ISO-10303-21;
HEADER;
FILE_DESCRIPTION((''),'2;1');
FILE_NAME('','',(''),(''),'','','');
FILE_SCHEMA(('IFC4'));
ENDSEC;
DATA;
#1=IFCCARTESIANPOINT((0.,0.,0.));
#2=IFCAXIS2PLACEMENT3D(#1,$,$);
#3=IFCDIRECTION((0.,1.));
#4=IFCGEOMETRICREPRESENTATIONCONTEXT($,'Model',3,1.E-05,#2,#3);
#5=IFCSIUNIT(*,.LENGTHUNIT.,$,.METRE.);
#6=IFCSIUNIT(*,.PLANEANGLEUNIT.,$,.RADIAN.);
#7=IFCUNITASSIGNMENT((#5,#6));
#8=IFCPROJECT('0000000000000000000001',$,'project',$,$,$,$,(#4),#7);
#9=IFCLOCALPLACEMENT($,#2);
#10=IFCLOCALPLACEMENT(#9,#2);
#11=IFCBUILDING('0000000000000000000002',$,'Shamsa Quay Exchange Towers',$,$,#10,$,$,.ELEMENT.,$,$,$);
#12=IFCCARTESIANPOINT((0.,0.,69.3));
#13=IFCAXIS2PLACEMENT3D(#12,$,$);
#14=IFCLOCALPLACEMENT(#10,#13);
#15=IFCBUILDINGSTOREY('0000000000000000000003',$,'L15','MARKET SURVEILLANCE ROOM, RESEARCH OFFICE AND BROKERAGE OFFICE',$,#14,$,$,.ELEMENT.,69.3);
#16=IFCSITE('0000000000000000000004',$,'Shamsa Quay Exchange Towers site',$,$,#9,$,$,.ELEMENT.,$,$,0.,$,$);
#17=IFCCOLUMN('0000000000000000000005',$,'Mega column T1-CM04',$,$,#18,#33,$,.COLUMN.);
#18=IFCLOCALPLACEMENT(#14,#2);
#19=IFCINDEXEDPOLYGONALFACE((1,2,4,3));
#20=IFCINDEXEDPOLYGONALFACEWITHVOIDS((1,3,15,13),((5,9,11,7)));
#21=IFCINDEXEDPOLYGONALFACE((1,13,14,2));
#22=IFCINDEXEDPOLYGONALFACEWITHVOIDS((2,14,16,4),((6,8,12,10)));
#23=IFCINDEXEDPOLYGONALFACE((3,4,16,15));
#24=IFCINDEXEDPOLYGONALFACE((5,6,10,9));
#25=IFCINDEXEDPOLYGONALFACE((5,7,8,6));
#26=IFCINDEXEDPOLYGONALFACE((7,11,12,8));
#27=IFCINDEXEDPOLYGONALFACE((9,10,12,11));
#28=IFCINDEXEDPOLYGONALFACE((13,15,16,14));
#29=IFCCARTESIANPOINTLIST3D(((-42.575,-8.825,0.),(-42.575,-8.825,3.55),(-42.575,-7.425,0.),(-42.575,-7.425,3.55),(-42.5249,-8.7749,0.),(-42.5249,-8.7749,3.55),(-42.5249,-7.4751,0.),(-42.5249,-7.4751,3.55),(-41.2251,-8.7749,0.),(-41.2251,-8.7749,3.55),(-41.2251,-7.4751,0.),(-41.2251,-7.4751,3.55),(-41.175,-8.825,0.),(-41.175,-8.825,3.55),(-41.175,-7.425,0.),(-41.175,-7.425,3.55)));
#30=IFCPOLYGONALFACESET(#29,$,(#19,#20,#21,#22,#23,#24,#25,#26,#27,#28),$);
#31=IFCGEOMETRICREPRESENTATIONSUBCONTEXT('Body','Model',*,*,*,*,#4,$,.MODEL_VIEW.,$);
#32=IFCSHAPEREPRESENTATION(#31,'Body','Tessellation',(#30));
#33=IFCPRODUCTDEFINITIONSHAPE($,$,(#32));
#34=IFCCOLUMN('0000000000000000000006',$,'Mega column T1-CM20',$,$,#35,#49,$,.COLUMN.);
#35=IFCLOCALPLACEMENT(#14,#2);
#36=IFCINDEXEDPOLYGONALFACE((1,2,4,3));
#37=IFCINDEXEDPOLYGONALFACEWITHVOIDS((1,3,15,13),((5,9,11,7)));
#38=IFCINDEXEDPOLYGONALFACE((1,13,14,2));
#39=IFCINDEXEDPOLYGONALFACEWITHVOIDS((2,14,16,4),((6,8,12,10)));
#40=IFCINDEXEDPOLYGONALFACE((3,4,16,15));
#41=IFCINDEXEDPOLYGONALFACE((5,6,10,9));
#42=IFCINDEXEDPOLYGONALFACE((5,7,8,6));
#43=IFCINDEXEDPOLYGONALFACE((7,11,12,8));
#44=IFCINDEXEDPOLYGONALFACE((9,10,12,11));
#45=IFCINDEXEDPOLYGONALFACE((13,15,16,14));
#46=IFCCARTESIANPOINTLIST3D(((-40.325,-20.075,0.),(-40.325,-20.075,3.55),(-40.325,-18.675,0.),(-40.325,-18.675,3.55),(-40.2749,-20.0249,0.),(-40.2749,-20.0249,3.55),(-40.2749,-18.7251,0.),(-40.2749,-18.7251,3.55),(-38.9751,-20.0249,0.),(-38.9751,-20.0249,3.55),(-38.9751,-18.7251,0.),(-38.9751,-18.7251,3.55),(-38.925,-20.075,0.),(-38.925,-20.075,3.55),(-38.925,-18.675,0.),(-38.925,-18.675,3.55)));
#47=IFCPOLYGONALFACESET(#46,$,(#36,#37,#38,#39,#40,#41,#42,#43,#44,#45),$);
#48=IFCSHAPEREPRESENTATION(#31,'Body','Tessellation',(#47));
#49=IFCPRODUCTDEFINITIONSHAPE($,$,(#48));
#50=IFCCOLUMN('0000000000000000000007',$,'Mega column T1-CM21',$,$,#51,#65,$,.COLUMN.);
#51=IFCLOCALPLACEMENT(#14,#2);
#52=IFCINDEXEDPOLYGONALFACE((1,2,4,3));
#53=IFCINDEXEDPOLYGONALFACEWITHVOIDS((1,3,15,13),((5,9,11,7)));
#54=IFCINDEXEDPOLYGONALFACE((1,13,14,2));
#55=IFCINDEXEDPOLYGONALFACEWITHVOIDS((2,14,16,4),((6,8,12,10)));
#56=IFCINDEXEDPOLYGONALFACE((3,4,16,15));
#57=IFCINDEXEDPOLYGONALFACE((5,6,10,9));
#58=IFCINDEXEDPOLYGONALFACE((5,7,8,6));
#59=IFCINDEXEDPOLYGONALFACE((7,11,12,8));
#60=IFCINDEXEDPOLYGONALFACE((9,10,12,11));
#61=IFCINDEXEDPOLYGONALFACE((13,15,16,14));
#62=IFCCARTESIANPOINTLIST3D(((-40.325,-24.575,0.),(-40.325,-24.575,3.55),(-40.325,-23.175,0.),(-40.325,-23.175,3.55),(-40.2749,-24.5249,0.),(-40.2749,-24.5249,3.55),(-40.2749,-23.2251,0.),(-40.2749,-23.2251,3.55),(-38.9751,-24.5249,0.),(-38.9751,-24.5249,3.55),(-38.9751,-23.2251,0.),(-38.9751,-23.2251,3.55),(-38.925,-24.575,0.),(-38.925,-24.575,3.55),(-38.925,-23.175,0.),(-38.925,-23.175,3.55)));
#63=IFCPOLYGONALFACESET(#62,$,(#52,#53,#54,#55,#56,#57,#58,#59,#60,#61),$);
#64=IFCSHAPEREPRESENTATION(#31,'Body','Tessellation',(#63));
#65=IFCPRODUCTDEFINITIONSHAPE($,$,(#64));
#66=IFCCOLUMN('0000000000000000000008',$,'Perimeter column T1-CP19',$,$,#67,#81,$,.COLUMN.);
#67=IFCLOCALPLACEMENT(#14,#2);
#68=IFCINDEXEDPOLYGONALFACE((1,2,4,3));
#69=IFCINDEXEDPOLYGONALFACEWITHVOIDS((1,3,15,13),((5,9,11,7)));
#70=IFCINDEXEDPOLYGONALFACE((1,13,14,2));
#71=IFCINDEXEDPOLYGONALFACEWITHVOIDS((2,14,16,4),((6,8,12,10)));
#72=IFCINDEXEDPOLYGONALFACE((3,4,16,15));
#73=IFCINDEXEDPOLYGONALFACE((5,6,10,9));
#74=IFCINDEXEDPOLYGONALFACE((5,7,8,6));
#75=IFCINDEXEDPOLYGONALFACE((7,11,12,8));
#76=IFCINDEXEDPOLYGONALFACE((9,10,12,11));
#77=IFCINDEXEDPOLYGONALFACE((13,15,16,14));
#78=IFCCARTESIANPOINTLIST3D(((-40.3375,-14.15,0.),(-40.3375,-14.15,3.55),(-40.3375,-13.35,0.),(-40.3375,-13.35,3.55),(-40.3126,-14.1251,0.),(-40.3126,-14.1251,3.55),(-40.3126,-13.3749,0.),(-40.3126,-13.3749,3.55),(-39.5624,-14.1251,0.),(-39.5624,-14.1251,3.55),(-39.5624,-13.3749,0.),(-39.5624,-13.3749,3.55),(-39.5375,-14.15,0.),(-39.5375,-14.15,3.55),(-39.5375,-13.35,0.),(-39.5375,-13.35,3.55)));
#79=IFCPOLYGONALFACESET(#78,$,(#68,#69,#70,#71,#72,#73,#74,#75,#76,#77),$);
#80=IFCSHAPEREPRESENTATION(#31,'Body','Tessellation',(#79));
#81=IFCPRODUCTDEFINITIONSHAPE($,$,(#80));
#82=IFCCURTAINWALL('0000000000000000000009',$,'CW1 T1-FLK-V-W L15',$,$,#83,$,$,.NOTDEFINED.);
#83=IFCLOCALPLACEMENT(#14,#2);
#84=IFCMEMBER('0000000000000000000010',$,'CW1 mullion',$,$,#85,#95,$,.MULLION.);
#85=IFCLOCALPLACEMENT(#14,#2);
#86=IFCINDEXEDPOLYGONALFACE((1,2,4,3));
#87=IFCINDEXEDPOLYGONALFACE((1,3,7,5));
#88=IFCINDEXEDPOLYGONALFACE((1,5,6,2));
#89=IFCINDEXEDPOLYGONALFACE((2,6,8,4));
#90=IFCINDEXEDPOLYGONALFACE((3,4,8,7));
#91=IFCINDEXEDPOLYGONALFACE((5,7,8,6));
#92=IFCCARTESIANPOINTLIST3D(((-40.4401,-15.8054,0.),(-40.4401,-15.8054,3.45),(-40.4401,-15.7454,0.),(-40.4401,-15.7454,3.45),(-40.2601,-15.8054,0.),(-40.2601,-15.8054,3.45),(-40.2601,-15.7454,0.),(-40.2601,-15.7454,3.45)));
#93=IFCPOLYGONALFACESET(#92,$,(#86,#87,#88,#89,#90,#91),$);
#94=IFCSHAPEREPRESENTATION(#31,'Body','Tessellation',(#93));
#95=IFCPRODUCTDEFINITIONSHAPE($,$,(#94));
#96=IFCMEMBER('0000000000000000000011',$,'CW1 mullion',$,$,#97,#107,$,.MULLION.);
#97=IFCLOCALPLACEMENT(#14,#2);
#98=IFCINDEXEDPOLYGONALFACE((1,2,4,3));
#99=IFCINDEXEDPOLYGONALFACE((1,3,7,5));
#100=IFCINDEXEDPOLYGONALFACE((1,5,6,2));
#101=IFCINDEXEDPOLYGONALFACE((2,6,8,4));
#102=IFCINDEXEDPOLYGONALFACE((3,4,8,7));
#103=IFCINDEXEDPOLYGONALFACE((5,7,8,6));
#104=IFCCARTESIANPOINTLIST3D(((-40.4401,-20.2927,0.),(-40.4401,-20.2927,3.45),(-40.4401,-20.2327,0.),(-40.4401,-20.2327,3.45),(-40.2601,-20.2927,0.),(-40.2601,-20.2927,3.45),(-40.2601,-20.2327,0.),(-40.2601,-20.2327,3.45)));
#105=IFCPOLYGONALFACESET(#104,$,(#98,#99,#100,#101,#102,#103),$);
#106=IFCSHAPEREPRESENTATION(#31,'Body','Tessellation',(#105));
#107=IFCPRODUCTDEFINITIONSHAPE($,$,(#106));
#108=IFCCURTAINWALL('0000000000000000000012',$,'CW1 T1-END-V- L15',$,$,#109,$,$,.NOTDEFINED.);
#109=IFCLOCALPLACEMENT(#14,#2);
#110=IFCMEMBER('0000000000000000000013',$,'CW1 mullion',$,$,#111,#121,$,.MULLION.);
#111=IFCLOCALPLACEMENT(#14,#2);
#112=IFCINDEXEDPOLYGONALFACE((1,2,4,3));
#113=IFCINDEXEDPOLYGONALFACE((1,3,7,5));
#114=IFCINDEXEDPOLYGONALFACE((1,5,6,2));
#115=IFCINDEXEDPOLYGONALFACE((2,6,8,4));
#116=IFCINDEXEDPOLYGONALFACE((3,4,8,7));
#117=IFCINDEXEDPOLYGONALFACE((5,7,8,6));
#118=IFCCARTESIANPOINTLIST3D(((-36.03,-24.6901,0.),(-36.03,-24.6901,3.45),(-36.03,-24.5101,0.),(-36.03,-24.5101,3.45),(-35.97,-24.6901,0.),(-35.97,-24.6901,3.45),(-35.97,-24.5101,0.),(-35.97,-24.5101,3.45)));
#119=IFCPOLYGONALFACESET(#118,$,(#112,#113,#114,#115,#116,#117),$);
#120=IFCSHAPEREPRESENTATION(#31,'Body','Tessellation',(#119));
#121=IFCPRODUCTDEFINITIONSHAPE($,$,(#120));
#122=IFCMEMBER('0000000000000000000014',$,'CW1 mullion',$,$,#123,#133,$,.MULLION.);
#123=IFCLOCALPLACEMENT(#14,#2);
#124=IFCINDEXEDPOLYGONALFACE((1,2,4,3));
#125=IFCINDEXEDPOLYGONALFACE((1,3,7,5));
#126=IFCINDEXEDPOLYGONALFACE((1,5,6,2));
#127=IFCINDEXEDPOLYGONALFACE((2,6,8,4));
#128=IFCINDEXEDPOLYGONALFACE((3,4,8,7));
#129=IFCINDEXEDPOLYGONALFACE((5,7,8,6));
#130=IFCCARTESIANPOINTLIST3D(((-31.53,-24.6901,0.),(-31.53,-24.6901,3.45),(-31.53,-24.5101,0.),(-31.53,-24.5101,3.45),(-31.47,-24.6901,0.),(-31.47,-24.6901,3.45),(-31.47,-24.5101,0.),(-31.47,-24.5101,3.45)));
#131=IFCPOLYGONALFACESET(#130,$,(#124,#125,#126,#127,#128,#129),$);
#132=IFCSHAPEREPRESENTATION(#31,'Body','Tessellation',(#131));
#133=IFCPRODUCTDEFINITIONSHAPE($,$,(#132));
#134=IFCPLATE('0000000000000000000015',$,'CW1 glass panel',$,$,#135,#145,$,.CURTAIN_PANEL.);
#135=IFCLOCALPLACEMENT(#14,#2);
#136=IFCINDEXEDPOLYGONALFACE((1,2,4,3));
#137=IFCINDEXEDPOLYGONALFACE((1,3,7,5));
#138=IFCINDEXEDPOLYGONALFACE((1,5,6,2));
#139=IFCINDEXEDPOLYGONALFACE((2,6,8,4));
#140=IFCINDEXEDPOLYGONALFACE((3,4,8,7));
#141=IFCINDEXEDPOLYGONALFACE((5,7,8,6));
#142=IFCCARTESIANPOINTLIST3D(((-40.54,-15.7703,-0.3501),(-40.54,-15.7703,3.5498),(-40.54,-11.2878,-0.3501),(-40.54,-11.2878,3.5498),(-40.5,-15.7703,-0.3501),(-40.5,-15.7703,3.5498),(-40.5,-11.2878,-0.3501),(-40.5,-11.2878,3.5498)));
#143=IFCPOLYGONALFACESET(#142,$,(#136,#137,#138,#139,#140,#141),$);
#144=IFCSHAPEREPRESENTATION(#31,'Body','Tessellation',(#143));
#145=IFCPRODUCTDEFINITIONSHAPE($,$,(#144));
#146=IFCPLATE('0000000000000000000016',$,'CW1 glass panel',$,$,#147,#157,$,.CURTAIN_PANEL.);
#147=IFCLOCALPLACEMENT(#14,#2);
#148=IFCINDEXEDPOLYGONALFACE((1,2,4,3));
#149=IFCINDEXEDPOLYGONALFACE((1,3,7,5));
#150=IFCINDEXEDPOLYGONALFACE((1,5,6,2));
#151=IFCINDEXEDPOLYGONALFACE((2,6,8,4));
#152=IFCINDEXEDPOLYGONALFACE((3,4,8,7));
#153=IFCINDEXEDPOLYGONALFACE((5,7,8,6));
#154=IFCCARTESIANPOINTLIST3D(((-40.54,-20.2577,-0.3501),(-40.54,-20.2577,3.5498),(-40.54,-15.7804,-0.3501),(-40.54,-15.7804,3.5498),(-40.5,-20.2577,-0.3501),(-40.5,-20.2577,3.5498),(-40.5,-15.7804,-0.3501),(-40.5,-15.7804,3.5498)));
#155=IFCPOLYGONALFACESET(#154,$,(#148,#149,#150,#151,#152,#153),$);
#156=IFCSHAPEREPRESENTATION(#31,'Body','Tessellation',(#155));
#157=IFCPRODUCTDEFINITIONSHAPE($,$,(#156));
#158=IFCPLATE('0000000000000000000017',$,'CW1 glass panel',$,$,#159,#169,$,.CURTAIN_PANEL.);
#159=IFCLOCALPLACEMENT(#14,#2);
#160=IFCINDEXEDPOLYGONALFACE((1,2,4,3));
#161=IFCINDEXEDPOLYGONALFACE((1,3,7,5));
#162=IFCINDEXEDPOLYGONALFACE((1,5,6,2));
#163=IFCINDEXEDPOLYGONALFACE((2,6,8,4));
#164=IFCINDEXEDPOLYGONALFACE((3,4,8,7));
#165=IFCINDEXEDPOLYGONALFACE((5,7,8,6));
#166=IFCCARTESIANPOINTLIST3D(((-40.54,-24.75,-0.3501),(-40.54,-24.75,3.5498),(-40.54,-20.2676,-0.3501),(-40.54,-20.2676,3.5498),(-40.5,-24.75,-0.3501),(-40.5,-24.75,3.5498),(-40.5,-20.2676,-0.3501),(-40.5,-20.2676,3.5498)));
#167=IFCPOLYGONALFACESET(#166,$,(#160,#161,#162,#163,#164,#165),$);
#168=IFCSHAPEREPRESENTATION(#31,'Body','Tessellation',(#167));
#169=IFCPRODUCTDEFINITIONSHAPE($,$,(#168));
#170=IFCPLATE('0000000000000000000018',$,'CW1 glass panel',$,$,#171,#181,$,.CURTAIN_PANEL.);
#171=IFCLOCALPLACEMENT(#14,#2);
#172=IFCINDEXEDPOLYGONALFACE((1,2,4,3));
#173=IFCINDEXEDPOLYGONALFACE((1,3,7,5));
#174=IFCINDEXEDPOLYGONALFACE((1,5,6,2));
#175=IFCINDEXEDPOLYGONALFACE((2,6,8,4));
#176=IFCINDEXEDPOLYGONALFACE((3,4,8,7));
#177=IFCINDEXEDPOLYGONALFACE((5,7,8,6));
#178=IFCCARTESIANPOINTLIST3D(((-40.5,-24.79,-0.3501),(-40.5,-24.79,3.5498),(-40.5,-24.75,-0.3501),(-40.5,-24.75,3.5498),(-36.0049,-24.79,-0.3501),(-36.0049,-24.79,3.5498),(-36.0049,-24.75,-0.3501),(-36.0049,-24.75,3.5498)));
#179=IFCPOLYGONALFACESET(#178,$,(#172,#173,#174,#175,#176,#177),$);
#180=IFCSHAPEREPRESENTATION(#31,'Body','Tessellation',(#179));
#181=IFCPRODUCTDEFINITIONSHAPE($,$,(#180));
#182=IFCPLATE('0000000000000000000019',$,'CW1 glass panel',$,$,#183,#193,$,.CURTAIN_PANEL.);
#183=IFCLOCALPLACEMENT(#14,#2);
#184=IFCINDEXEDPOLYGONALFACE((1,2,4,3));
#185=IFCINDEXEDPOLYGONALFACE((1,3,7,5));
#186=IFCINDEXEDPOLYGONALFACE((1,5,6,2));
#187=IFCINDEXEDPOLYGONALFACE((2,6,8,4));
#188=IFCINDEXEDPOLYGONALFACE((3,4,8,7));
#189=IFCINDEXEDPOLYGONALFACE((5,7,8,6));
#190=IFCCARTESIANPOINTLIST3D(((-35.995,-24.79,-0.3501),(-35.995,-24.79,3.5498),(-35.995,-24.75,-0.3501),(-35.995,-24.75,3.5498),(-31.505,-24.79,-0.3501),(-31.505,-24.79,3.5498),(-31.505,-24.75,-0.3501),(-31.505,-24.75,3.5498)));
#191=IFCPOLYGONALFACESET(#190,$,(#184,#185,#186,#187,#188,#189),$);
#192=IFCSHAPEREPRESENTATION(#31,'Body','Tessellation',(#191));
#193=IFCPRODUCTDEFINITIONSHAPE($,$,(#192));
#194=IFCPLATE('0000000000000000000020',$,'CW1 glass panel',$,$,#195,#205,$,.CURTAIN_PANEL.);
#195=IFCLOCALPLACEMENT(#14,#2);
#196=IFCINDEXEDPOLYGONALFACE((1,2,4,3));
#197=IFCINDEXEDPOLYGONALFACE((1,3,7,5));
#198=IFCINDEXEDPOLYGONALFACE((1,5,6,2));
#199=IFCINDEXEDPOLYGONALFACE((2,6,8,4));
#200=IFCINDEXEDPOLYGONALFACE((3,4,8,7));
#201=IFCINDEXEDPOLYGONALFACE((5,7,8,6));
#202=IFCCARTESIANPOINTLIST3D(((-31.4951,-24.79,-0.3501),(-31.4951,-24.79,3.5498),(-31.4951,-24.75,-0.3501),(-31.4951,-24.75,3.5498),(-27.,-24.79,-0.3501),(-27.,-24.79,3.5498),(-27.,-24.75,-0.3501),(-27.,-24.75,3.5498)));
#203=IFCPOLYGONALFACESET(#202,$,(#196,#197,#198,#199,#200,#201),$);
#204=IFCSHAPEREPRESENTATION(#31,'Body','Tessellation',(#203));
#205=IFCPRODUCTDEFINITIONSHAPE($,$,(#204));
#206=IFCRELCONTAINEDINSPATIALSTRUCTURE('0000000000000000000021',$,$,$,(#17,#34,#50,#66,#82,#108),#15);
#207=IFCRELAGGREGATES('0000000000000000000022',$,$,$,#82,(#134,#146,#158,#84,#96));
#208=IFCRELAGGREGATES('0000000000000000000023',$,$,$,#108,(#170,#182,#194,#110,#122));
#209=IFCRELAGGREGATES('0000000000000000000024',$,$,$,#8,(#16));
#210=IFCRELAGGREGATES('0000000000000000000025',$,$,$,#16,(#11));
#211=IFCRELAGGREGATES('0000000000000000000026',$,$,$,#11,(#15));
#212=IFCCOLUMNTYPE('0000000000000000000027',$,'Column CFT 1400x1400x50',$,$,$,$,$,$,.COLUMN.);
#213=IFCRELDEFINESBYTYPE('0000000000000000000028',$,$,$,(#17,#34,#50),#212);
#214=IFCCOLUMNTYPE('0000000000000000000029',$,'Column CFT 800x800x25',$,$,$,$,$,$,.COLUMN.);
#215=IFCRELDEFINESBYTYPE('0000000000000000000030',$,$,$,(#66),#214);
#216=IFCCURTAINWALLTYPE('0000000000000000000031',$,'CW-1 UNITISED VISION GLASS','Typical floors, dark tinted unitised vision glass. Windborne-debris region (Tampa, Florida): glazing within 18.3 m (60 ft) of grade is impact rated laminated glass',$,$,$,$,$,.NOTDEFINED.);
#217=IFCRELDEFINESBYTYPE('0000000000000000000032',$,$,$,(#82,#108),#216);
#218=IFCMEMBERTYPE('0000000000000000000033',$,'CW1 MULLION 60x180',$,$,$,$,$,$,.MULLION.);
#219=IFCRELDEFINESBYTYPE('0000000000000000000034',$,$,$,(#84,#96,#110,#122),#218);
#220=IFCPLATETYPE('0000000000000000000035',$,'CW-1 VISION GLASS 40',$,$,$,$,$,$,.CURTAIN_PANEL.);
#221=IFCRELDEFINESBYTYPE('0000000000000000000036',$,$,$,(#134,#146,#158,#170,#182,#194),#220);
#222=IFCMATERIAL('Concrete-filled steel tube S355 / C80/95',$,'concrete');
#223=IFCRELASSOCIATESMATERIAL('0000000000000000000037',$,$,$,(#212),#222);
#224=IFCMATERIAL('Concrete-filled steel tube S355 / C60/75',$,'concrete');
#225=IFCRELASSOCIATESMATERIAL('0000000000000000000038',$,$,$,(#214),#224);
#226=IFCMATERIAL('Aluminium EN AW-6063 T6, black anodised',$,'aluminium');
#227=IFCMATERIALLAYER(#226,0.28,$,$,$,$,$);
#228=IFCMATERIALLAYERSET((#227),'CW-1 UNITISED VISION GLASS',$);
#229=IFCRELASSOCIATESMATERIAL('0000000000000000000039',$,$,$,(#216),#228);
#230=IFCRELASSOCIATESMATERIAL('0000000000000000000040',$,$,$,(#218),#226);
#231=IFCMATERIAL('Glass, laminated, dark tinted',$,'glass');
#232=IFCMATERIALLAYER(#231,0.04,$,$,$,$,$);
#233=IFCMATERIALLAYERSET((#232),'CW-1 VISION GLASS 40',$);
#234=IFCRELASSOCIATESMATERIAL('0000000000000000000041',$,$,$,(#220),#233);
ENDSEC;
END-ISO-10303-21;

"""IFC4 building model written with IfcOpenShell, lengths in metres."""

from ifc_helpers import new_model, si_unit, direction, frame, origin, origin_2d, place, context, subcontext, project, spatial, rectangle, hollow_rectangle, extrude, material, layer, layer_set, material_profile, profile_set, type_object, element, aggregate, save


model = new_model("IFC4")

# Units and contexts
model_context = context("Model", 3, precision=1e-05, world=origin(), true_north=direction((0.0, 1.0)))
body_context = subcontext(model_context, "Body", "Model", "MODEL_VIEW")
ifc_project = project(units=[si_unit("LENGTHUNIT", "METRE"), si_unit("PLANEANGLEUNIT", "RADIAN")], contexts=[model_context])

# Site, building, storey
site_placement = place(None, origin())
site = spatial("IfcSite", under=ifc_project, at=site_placement, Name="Shamsa Quay Exchange Towers site", CompositionType="ELEMENT", RefElevation=0.0)
building_placement = place(site_placement, origin())
building = spatial("IfcBuilding", under=site, at=building_placement, Name="Shamsa Quay Exchange Towers", CompositionType="ELEMENT")
storey_placement = place(building_placement, frame((0.0, 0.0, 69.3)))
storey = spatial("IfcBuildingStorey", under=building, at=storey_placement, Name="L15", Description="MARKET SURVEILLANCE ROOM, RESEARCH OFFICE AND BROKERAGE OFFICE", CompositionType="ELEMENT", Elevation=69.3)

# Columns
ifc_material_1 = material(Name="Concrete-filled steel tube S355 / C80/95", Category="concrete")
ifc_material_profile_1 = material_profile(ifc_material_1, hollow_rectangle(XDim=1.3999, YDim=1.3999, WallThickness=0.05, at=origin_2d()), Name="CFT 1400x1400x50")
ifc_profile_set_1 = profile_set([ifc_material_profile_1], Name="Concrete-filled steel tube S355 / C80/95")
column_type_1 = type_object("IfcColumnType", Name="Column CFT 1400x1400x50", PredefinedType="COLUMN", material=ifc_profile_set_1)
for number, where, name in (
    (1, (-41.875, -8.125, 0.0), "Mega column T1-CM04"),
    (2, (-39.625, -19.375, 0.0), "Mega column T1-CM20"),
    (3, (-39.625, -23.875, 0.0), "Mega column T1-CM21"),
):
    element("IfcColumn", number, at=place(storey_placement, frame(where)), inside=storey, type_object=column_type_1, Name=name, PredefinedType="COLUMN", context=body_context, shape_type="SweptSolid", body=[
        extrude(hollow_rectangle(XDim=1.3999, YDim=1.3999, WallThickness=0.05, at=origin_2d()), origin(), (0.0, 0.0, 1.0), 3.55),
    ])
ifc_material_2 = material(Name="Concrete-filled steel tube S355 / C60/75", Category="concrete")
ifc_material_profile_2 = material_profile(ifc_material_2, hollow_rectangle(XDim=0.8, YDim=0.8, WallThickness=0.0249, at=origin_2d()), Name="CFT 800x800x25")
ifc_profile_set_2 = profile_set([ifc_material_profile_2], Name="Concrete-filled steel tube S355 / C60/75")
column_type_2 = type_object("IfcColumnType", Name="Column CFT 800x800x25", PredefinedType="COLUMN", material=ifc_profile_set_2)
column_placement = place(storey_placement, frame((-39.9375, -13.75, 0.0)))
element("IfcColumn", 4, at=column_placement, inside=storey, type_object=column_type_2, Name="Perimeter column T1-CP19", PredefinedType="COLUMN", context=body_context, shape_type="SweptSolid", body=[
    extrude(hollow_rectangle(XDim=0.8, YDim=0.8, WallThickness=0.0249, at=origin_2d()), origin(), (0.0, 0.0, 1.0), 3.55),
])

# Curtain walls, members
ifc_material_3 = material(Name="Aluminium EN AW-6063 T6, black anodised", Category="aluminium")
ifc_layer_1 = layer(ifc_material_3, 0.28)
ifc_layer_set_1 = layer_set([ifc_layer_1], Name="CW-1 UNITISED VISION GLASS")
curtain_wall_type_1 = type_object("IfcCurtainWallType", Name="CW-1 UNITISED VISION GLASS", Description="Typical floors, dark tinted unitised vision glass. Windborne-debris region (Tampa, Florida): glazing within 18.3 m (60 ft) of grade is impact rated laminated glass", PredefinedType="NOTDEFINED", material=ifc_layer_set_1)
curtain_wall_1_placement = place(storey_placement, origin())
curtain_wall_1 = element("IfcCurtainWall", 5, at=curtain_wall_1_placement, inside=storey, type_object=curtain_wall_type_1, Name="CW1 T1-FLK-V-W L15", PredefinedType="NOTDEFINED")
ifc_material_profile_3 = material_profile(ifc_material_3, rectangle(XDim=0.1799, YDim=0.0601, at=origin_2d()), Name="MU60x180")
ifc_profile_set_3 = profile_set([ifc_material_profile_3], Name="Aluminium EN AW-6063 T6, black anodised")
member_type = type_object("IfcMemberType", Name="CW1 MULLION 60x180", PredefinedType="MULLION", material=ifc_profile_set_3)
member_1_placement = place(storey_placement, frame((-40.3501, -15.7754, 0.0)))
member_1 = element("IfcMember", 6, at=member_1_placement, type_object=member_type, Name="CW1 mullion", PredefinedType="MULLION", context=body_context, shape_type="SweptSolid", body=[
    extrude(rectangle(XDim=0.1799, YDim=0.0601, at=origin_2d()), origin(), (0.0, 0.0, 1.0), 3.45),
])
member_2_placement = place(storey_placement, frame((-40.3501, -20.2627, 0.0)))
member_2 = element("IfcMember", 7, at=member_2_placement, type_object=member_type, Name="CW1 mullion", PredefinedType="MULLION", context=body_context, shape_type="SweptSolid", body=[
    extrude(rectangle(XDim=0.1799, YDim=0.0601, at=origin_2d()), origin(), (0.0, 0.0, 1.0), 3.45),
])
curtain_wall_2_placement = place(storey_placement, origin())
curtain_wall_2 = element("IfcCurtainWall", 8, at=curtain_wall_2_placement, inside=storey, type_object=curtain_wall_type_1, Name="CW1 T1-END-V- L15", PredefinedType="NOTDEFINED")
member_3_placement = place(storey_placement, frame((-36.0, -24.6001, 0.0), z_axis=(0.0, 0.0, 1.0), x_axis=(0.0, 1.0, 0.0)))
member_3 = element("IfcMember", 9, at=member_3_placement, type_object=member_type, Name="CW1 mullion", PredefinedType="MULLION", context=body_context, shape_type="SweptSolid", body=[
    extrude(rectangle(XDim=0.1799, YDim=0.0601, at=origin_2d()), origin(), (0.0, 0.0, 1.0), 3.45),
])
member_4_placement = place(storey_placement, frame((-31.5, -24.6001, 0.0), z_axis=(0.0, 0.0, 1.0), x_axis=(0.0, 1.0, 0.0)))
member_4 = element("IfcMember", 10, at=member_4_placement, type_object=member_type, Name="CW1 mullion", PredefinedType="MULLION", context=body_context, shape_type="SweptSolid", body=[
    extrude(rectangle(XDim=0.1799, YDim=0.0601, at=origin_2d()), origin(), (0.0, 0.0, 1.0), 3.45),
])

# Plates
ifc_material_4 = material(Name="Glass, laminated, dark tinted", Category="glass")
ifc_layer_2 = layer(ifc_material_4, 0.04)
ifc_layer_set_2 = layer_set([ifc_layer_2], Name="CW-1 VISION GLASS 40")
plate_type_1 = type_object("IfcPlateType", Name="CW-1 VISION GLASS 40", PredefinedType="CURTAIN_PANEL", material=ifc_layer_set_2)
plate_1_placement = place(storey_placement, frame((-40.52, -13.5291, -0.3501), z_axis=(0.0, 0.0, 1.0), x_axis=(0.0, -1.0, 0.0)))
plate_1 = element("IfcPlate", 11, at=plate_1_placement, type_object=plate_type_1, Name="CW1 glass panel", PredefinedType="CURTAIN_PANEL", context=body_context, shape_type="SweptSolid", body=[
    extrude(rectangle(XDim=4.4824, YDim=0.04, at=origin_2d()), origin(), (0.0, 0.0, 1.0), 3.8999),
])
plate_2_placement = place(storey_placement, frame((-40.52, -18.019, -0.3501), z_axis=(0.0, 0.0, 1.0), x_axis=(0.0, -1.0, 0.0)))
plate_2 = element("IfcPlate", 12, at=plate_2_placement, type_object=plate_type_1, Name="CW1 glass panel", PredefinedType="CURTAIN_PANEL", context=body_context, shape_type="SweptSolid", body=[
    extrude(rectangle(XDim=4.4773, YDim=0.04, at=origin_2d()), origin(), (0.0, 0.0, 1.0), 3.8999),
])
plate_3_placement = place(storey_placement, frame((-40.52, -22.5088, -0.3501), z_axis=(0.0, 0.0, 1.0), x_axis=(0.0, -1.0, 0.0)))
plate_3 = element("IfcPlate", 13, at=plate_3_placement, type_object=plate_type_1, Name="CW1 glass panel", PredefinedType="CURTAIN_PANEL", context=body_context, shape_type="SweptSolid", body=[
    extrude(rectangle(XDim=4.4824, YDim=0.04, at=origin_2d()), origin(), (0.0, 0.0, 1.0), 3.8999),
])
aggregate(curtain_wall_1, [plate_1, plate_2, plate_3, member_1, member_2])
plate_4_placement = place(storey_placement, frame((-38.2524, -24.77, -0.3501)))
plate_4 = element("IfcPlate", 14, at=plate_4_placement, type_object=plate_type_1, Name="CW1 glass panel", PredefinedType="CURTAIN_PANEL", context=body_context, shape_type="SweptSolid", body=[
    extrude(rectangle(XDim=4.4951, YDim=0.04, at=origin_2d()), origin(), (0.0, 0.0, 1.0), 3.8999),
])
plate_5_placement = place(storey_placement, frame((-33.75, -24.77, -0.3501)))
plate_5 = element("IfcPlate", 15, at=plate_5_placement, type_object=plate_type_1, Name="CW1 glass panel", PredefinedType="CURTAIN_PANEL", context=body_context, shape_type="SweptSolid", body=[
    extrude(rectangle(XDim=4.49, YDim=0.04, at=origin_2d()), origin(), (0.0, 0.0, 1.0), 3.8999),
])
plate_6_placement = place(storey_placement, frame((-29.2476, -24.77, -0.3501)))
plate_6 = element("IfcPlate", 16, at=plate_6_placement, type_object=plate_type_1, Name="CW1 glass panel", PredefinedType="CURTAIN_PANEL", context=body_context, shape_type="SweptSolid", body=[
    extrude(rectangle(XDim=4.4951, YDim=0.04, at=origin_2d()), origin(), (0.0, 0.0, 1.0), 3.8999),
])
aggregate(curtain_wall_2, [plate_4, plate_5, plate_6, member_3, member_4])

save(model, "model.ifc")
